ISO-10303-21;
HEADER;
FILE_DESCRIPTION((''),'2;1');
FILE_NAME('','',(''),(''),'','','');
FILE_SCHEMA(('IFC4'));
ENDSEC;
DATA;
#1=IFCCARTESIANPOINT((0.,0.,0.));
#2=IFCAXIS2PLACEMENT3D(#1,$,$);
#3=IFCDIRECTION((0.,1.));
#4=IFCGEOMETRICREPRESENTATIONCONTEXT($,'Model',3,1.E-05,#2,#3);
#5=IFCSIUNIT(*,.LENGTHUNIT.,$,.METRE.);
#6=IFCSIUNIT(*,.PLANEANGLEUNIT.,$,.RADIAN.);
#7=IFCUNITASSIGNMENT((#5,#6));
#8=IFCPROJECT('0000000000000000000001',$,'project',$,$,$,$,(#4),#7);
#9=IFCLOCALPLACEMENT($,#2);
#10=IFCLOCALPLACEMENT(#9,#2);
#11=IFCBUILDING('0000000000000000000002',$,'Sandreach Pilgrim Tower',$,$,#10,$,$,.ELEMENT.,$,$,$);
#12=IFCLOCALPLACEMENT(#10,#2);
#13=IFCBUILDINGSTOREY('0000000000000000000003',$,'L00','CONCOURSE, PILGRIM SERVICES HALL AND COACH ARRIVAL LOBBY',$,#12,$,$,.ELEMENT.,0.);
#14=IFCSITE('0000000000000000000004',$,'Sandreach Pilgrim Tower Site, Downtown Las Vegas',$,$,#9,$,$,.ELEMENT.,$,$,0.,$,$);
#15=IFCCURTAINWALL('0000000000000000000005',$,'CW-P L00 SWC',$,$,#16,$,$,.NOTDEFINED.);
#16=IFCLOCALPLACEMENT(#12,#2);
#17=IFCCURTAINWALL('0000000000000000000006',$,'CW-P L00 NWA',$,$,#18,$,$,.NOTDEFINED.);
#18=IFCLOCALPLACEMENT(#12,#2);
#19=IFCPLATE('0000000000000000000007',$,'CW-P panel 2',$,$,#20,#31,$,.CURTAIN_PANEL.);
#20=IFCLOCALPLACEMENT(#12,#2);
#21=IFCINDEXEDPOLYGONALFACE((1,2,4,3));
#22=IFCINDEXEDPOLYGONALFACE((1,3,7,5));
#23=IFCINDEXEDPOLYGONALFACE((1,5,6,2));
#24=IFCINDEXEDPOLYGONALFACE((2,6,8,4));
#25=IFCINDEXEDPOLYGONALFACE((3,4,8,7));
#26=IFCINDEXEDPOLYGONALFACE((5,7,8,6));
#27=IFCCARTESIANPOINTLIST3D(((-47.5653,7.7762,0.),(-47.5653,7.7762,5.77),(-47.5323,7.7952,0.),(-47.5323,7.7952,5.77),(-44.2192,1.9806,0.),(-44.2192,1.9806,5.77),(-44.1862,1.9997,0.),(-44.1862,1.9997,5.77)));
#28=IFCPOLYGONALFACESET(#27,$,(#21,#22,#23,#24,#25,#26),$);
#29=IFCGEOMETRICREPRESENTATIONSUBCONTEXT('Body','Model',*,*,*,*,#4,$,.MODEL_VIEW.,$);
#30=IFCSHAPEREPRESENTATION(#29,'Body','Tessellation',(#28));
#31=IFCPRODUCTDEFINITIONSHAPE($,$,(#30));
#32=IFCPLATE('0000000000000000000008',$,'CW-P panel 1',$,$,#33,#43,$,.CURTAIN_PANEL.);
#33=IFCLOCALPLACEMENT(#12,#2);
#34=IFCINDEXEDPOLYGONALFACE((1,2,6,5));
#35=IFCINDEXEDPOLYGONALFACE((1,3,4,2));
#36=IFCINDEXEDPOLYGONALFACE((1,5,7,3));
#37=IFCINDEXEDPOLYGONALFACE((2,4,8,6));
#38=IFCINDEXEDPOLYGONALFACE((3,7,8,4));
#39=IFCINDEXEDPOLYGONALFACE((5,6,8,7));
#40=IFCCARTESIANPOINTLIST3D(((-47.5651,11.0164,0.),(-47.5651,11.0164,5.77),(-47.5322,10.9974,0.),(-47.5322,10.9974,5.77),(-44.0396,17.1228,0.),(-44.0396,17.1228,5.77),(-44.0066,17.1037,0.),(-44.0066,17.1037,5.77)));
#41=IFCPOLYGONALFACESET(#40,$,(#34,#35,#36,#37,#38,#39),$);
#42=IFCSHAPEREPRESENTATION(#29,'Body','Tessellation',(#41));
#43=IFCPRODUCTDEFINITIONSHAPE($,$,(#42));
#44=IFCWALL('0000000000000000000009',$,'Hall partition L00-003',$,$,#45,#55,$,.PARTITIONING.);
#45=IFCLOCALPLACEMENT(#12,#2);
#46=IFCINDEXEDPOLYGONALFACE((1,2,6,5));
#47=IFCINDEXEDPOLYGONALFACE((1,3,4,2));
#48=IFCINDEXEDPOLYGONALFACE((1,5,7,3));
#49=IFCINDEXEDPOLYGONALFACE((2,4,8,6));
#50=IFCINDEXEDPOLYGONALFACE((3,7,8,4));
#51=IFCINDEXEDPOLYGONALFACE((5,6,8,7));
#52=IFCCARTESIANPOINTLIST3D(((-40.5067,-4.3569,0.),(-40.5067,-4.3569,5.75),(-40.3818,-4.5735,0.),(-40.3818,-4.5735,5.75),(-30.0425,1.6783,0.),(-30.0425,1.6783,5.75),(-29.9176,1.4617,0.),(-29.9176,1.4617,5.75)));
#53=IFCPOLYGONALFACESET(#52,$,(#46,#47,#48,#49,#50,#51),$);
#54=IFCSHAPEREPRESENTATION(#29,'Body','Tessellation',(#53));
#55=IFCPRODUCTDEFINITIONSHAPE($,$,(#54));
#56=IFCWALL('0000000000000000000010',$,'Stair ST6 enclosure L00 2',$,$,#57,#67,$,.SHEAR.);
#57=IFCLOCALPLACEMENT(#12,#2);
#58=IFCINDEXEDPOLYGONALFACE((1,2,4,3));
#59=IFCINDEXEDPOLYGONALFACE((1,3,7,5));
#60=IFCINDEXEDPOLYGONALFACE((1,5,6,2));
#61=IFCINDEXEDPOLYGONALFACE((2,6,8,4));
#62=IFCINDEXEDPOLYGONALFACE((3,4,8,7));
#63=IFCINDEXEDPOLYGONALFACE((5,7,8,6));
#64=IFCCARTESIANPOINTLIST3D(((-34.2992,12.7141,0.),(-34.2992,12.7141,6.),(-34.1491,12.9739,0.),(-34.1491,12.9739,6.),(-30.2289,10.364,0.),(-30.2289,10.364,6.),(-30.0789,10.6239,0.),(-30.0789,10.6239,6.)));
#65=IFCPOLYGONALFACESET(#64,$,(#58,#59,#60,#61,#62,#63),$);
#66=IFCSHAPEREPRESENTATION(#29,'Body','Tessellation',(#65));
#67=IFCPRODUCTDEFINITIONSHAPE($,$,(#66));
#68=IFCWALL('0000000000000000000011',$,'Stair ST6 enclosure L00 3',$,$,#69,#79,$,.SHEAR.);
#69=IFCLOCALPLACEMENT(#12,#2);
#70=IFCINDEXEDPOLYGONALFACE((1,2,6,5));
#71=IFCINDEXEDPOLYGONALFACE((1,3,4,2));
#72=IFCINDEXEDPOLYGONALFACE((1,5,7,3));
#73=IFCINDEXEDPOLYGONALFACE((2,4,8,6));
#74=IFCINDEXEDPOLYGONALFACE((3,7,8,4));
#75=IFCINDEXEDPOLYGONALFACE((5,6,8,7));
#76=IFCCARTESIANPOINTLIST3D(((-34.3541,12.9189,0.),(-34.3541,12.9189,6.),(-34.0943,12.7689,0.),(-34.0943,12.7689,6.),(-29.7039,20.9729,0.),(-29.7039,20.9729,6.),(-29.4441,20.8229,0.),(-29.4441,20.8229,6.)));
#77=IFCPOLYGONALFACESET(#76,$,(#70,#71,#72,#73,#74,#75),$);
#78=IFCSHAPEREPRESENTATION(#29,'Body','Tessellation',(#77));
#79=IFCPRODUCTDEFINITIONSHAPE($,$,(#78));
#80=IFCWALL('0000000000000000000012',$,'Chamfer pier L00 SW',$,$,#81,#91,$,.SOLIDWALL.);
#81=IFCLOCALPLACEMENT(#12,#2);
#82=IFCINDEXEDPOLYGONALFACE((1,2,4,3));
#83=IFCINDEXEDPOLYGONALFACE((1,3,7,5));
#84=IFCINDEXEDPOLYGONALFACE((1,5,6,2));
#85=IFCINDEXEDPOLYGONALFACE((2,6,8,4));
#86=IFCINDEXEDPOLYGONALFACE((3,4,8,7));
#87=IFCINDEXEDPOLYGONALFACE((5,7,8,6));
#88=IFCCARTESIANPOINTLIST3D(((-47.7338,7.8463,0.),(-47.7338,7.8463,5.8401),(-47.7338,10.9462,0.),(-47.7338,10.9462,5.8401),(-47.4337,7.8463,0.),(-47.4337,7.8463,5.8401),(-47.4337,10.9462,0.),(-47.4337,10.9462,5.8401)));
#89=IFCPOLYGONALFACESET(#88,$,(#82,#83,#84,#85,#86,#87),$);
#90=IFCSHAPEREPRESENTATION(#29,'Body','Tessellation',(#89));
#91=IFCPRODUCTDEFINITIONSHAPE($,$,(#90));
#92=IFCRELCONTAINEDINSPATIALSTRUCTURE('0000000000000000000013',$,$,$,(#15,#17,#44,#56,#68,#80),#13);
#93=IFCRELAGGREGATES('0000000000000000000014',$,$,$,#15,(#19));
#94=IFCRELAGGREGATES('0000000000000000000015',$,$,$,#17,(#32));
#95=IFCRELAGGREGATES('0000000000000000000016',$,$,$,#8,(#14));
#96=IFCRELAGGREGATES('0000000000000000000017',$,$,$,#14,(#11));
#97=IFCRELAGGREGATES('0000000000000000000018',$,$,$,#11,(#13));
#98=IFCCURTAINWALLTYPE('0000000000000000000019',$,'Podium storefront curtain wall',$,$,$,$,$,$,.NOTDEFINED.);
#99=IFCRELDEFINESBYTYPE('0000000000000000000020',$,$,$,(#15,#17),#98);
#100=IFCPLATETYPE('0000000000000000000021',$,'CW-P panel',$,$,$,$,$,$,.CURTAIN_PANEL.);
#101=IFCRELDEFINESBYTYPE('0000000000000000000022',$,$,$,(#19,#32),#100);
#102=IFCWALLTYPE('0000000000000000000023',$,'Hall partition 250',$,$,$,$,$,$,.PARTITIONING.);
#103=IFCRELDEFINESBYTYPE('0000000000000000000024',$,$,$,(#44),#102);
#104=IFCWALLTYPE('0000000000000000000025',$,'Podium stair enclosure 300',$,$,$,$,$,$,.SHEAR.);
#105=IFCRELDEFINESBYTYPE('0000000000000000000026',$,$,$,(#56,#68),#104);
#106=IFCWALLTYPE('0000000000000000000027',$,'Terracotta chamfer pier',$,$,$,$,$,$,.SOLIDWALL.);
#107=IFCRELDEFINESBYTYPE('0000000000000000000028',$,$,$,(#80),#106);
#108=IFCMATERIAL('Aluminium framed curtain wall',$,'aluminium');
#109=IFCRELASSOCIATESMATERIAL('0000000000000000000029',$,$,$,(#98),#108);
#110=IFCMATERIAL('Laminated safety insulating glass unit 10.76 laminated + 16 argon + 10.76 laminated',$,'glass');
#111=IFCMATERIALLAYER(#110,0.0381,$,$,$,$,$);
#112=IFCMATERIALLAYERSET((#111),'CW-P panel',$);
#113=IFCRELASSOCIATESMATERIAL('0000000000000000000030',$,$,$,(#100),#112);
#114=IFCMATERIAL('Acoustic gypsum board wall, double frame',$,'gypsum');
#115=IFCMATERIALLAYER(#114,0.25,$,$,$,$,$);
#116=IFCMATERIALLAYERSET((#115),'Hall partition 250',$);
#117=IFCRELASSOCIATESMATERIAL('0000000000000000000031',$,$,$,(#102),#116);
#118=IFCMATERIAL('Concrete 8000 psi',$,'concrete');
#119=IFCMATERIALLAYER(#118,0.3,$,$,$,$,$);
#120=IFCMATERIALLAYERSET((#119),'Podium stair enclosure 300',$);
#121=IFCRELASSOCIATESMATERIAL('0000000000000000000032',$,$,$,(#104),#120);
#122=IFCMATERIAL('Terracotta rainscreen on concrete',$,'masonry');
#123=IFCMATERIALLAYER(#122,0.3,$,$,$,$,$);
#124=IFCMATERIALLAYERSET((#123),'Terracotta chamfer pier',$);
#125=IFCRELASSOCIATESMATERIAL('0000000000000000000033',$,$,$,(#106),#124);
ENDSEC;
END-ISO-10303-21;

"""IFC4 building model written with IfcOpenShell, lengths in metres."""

from ifc_helpers import new_model, si_unit, direction, frame, frame_2d, origin, origin_2d, place, context, subcontext, project, spatial, rectangle, extrude, material, layer, layer_set, type_object, element, aggregate, save


model = new_model("IFC4")

# Units and contexts
model_context = context("Model", 3, precision=1e-05, world=origin(), true_north=direction((0.0, 1.0)))
body_context = subcontext(model_context, "Body", "Model", "MODEL_VIEW")
ifc_project = project(units=[si_unit("LENGTHUNIT", "METRE"), si_unit("PLANEANGLEUNIT", "RADIAN")], contexts=[model_context])

# Site, building, storey
site_placement = place(None, origin())
site = spatial("IfcSite", under=ifc_project, at=site_placement, Name="Sandreach Pilgrim Tower Site, Downtown Las Vegas", CompositionType="ELEMENT", RefElevation=0.0)
building_placement = place(site_placement, origin())
building = spatial("IfcBuilding", under=site, at=building_placement, Name="Sandreach Pilgrim Tower", CompositionType="ELEMENT")
storey_placement = place(building_placement, origin())
storey = spatial("IfcBuildingStorey", under=building, at=storey_placement, Name="L00", Description="CONCOURSE, PILGRIM SERVICES HALL AND COACH ARRIVAL LOBBY", CompositionType="ELEMENT", Elevation=0.0)

# Curtain wall
ifc_material_1 = material(Name="Aluminium framed curtain wall", Category="aluminium")
curtain_wall_type = type_object("IfcCurtainWallType", Name="Podium storefront curtain wall", PredefinedType="NOTDEFINED", material=ifc_material_1)
curtain_wall_1_placement = place(storey_placement, origin())
curtain_wall_1 = element("IfcCurtainWall", 1, at=curtain_wall_1_placement, inside=storey, type_object=curtain_wall_type, Name="CW-P L00 SWC", PredefinedType="NOTDEFINED")

# Curtain wall
curtain_wall_2_placement = place(storey_placement, origin())
curtain_wall_2 = element("IfcCurtainWall", 2, at=curtain_wall_2_placement, inside=storey, type_object=curtain_wall_type, Name="CW-P L00 NWA", PredefinedType="NOTDEFINED")

# Plates
ifc_material_2 = material(Name="Laminated safety insulating glass unit 10.76 laminated + 16 argon + 10.76 laminated", Category="glass")
ifc_layer_1 = layer(ifc_material_2, 0.0381)
ifc_layer_set_1 = layer_set([ifc_layer_1], Name="CW-P panel")
plate_type = type_object("IfcPlateType", Name="CW-P panel", PredefinedType="CURTAIN_PANEL", material=ifc_layer_set_1)
plate_1_placement = place(storey_placement, frame((-45.8757, 4.8879, 0.0), z_axis=(0.0, 0.0, 1.0), x_axis=(-0.5, 0.866025, 0.0)))
plate_1 = element("IfcPlate", 3, at=plate_1_placement, type_object=plate_type, Name="CW-P panel 2", PredefinedType="CURTAIN_PANEL", context=body_context, shape_type="SweptSolid", body=[
    extrude(rectangle(XDim=6.6921, YDim=0.0381, at=origin_2d()), origin(), (0.0, 0.0, 1.0), 5.77),
])
aggregate(curtain_wall_1, [plate_1])
plate_2_placement = place(storey_placement, frame((-45.7859, 14.0601, 0.0), z_axis=(0.0, 0.0, 1.0), x_axis=(0.5, 0.866025, 0.0)))
plate_2 = element("IfcPlate", 4, at=plate_2_placement, type_object=plate_type, Name="CW-P panel 1", PredefinedType="CURTAIN_PANEL", context=body_context, shape_type="SweptSolid", body=[
    extrude(rectangle(XDim=7.051, YDim=0.0381, at=origin_2d()), origin(), (0.0, 0.0, 1.0), 5.77),
])
aggregate(curtain_wall_2, [plate_2])

# Walls
ifc_material_3 = material(Name="Acoustic gypsum board wall, double frame", Category="gypsum")
ifc_layer_2 = layer(ifc_material_3, 0.25)
ifc_layer_set_2 = layer_set([ifc_layer_2], Name="Hall partition 250")
wall_type_1 = type_object("IfcWallType", Name="Hall partition 250", PredefinedType="PARTITIONING", material=ifc_layer_set_2)
wall_1_placement = place(storey_placement, frame((-29.98, 1.5701, 0.0), z_axis=(0.0, 0.0, 1.0), x_axis=(-0.866251, -0.499609, 0.0)))
element("IfcWall", 5, at=wall_1_placement, inside=storey, type_object=wall_type_1, Name="Hall partition L00-003", PredefinedType="PARTITIONING", context=body_context, shape_type="SweptSolid", body=[
    extrude(rectangle(XDim=12.0798, YDim=0.25, at=frame_2d((6.04, 0.0))), origin(), (0.0, 0.0, 1.0), 5.75),
])
ifc_material_4 = material(Name="Concrete 8000 psi", Category="concrete")
ifc_layer_3 = layer(ifc_material_4, 0.3)
ifc_layer_set_3 = layer_set([ifc_layer_3], Name="Podium stair enclosure 300")
wall_type_2 = type_object("IfcWallType", Name="Podium stair enclosure 300", PredefinedType="SHEAR", material=ifc_layer_set_3)
wall_2_placement = place(storey_placement, frame((-30.1538, 10.4939, 0.0), z_axis=(0.0, 0.0, 1.0), x_axis=(-0.866016, 0.500016, 0.0)))
element("IfcWall", 6, at=wall_2_placement, inside=storey, type_object=wall_type_2, Name="Stair ST6 enclosure L00 2", PredefinedType="SHEAR", context=body_context, shape_type="SweptSolid", body=[
    extrude(rectangle(XDim=4.7, YDim=0.3, at=frame_2d((2.3501, 0.0))), origin(), (0.0, 0.0, 1.0), 6.0),
])
wall_3_placement = place(storey_placement, frame((-34.2241, 12.844, 0.0), z_axis=(0.0, 0.0, 1.0), x_axis=(0.500016, 0.866016, 0.0)))
element("IfcWall", 7, at=wall_3_placement, inside=storey, type_object=wall_type_2, Name="Stair ST6 enclosure L00 3", PredefinedType="SHEAR", context=body_context, shape_type="SweptSolid", body=[
    extrude(rectangle(XDim=9.3, YDim=0.3, at=frame_2d((4.6499, 0.0))), origin(), (0.0, 0.0, 1.0), 6.0),
])
ifc_material_5 = material(Name="Terracotta rainscreen on concrete", Category="masonry")
ifc_layer_4 = layer(ifc_material_5, 0.3)
ifc_layer_set_4 = layer_set([ifc_layer_4], Name="Terracotta chamfer pier")
wall_type_3 = type_object("IfcWallType", Name="Terracotta chamfer pier", PredefinedType="SOLIDWALL", material=ifc_layer_set_4)
wall_4_placement = place(storey_placement, frame((-47.5837, 7.8464, 0.0), z_axis=(0.0, 0.0, 1.0), x_axis=(0.0, 1.0, 0.0)))
element("IfcWall", 8, at=wall_4_placement, inside=storey, type_object=wall_type_3, Name="Chamfer pier L00 SW", PredefinedType="SOLIDWALL", context=body_context, shape_type="SweptSolid", body=[
    extrude(rectangle(XDim=3.0999, YDim=0.3, at=frame_2d((1.5498, 0.0))), origin(), (0.0, 0.0, 1.0), 5.8401),
])

save(model, "model.ifc")
